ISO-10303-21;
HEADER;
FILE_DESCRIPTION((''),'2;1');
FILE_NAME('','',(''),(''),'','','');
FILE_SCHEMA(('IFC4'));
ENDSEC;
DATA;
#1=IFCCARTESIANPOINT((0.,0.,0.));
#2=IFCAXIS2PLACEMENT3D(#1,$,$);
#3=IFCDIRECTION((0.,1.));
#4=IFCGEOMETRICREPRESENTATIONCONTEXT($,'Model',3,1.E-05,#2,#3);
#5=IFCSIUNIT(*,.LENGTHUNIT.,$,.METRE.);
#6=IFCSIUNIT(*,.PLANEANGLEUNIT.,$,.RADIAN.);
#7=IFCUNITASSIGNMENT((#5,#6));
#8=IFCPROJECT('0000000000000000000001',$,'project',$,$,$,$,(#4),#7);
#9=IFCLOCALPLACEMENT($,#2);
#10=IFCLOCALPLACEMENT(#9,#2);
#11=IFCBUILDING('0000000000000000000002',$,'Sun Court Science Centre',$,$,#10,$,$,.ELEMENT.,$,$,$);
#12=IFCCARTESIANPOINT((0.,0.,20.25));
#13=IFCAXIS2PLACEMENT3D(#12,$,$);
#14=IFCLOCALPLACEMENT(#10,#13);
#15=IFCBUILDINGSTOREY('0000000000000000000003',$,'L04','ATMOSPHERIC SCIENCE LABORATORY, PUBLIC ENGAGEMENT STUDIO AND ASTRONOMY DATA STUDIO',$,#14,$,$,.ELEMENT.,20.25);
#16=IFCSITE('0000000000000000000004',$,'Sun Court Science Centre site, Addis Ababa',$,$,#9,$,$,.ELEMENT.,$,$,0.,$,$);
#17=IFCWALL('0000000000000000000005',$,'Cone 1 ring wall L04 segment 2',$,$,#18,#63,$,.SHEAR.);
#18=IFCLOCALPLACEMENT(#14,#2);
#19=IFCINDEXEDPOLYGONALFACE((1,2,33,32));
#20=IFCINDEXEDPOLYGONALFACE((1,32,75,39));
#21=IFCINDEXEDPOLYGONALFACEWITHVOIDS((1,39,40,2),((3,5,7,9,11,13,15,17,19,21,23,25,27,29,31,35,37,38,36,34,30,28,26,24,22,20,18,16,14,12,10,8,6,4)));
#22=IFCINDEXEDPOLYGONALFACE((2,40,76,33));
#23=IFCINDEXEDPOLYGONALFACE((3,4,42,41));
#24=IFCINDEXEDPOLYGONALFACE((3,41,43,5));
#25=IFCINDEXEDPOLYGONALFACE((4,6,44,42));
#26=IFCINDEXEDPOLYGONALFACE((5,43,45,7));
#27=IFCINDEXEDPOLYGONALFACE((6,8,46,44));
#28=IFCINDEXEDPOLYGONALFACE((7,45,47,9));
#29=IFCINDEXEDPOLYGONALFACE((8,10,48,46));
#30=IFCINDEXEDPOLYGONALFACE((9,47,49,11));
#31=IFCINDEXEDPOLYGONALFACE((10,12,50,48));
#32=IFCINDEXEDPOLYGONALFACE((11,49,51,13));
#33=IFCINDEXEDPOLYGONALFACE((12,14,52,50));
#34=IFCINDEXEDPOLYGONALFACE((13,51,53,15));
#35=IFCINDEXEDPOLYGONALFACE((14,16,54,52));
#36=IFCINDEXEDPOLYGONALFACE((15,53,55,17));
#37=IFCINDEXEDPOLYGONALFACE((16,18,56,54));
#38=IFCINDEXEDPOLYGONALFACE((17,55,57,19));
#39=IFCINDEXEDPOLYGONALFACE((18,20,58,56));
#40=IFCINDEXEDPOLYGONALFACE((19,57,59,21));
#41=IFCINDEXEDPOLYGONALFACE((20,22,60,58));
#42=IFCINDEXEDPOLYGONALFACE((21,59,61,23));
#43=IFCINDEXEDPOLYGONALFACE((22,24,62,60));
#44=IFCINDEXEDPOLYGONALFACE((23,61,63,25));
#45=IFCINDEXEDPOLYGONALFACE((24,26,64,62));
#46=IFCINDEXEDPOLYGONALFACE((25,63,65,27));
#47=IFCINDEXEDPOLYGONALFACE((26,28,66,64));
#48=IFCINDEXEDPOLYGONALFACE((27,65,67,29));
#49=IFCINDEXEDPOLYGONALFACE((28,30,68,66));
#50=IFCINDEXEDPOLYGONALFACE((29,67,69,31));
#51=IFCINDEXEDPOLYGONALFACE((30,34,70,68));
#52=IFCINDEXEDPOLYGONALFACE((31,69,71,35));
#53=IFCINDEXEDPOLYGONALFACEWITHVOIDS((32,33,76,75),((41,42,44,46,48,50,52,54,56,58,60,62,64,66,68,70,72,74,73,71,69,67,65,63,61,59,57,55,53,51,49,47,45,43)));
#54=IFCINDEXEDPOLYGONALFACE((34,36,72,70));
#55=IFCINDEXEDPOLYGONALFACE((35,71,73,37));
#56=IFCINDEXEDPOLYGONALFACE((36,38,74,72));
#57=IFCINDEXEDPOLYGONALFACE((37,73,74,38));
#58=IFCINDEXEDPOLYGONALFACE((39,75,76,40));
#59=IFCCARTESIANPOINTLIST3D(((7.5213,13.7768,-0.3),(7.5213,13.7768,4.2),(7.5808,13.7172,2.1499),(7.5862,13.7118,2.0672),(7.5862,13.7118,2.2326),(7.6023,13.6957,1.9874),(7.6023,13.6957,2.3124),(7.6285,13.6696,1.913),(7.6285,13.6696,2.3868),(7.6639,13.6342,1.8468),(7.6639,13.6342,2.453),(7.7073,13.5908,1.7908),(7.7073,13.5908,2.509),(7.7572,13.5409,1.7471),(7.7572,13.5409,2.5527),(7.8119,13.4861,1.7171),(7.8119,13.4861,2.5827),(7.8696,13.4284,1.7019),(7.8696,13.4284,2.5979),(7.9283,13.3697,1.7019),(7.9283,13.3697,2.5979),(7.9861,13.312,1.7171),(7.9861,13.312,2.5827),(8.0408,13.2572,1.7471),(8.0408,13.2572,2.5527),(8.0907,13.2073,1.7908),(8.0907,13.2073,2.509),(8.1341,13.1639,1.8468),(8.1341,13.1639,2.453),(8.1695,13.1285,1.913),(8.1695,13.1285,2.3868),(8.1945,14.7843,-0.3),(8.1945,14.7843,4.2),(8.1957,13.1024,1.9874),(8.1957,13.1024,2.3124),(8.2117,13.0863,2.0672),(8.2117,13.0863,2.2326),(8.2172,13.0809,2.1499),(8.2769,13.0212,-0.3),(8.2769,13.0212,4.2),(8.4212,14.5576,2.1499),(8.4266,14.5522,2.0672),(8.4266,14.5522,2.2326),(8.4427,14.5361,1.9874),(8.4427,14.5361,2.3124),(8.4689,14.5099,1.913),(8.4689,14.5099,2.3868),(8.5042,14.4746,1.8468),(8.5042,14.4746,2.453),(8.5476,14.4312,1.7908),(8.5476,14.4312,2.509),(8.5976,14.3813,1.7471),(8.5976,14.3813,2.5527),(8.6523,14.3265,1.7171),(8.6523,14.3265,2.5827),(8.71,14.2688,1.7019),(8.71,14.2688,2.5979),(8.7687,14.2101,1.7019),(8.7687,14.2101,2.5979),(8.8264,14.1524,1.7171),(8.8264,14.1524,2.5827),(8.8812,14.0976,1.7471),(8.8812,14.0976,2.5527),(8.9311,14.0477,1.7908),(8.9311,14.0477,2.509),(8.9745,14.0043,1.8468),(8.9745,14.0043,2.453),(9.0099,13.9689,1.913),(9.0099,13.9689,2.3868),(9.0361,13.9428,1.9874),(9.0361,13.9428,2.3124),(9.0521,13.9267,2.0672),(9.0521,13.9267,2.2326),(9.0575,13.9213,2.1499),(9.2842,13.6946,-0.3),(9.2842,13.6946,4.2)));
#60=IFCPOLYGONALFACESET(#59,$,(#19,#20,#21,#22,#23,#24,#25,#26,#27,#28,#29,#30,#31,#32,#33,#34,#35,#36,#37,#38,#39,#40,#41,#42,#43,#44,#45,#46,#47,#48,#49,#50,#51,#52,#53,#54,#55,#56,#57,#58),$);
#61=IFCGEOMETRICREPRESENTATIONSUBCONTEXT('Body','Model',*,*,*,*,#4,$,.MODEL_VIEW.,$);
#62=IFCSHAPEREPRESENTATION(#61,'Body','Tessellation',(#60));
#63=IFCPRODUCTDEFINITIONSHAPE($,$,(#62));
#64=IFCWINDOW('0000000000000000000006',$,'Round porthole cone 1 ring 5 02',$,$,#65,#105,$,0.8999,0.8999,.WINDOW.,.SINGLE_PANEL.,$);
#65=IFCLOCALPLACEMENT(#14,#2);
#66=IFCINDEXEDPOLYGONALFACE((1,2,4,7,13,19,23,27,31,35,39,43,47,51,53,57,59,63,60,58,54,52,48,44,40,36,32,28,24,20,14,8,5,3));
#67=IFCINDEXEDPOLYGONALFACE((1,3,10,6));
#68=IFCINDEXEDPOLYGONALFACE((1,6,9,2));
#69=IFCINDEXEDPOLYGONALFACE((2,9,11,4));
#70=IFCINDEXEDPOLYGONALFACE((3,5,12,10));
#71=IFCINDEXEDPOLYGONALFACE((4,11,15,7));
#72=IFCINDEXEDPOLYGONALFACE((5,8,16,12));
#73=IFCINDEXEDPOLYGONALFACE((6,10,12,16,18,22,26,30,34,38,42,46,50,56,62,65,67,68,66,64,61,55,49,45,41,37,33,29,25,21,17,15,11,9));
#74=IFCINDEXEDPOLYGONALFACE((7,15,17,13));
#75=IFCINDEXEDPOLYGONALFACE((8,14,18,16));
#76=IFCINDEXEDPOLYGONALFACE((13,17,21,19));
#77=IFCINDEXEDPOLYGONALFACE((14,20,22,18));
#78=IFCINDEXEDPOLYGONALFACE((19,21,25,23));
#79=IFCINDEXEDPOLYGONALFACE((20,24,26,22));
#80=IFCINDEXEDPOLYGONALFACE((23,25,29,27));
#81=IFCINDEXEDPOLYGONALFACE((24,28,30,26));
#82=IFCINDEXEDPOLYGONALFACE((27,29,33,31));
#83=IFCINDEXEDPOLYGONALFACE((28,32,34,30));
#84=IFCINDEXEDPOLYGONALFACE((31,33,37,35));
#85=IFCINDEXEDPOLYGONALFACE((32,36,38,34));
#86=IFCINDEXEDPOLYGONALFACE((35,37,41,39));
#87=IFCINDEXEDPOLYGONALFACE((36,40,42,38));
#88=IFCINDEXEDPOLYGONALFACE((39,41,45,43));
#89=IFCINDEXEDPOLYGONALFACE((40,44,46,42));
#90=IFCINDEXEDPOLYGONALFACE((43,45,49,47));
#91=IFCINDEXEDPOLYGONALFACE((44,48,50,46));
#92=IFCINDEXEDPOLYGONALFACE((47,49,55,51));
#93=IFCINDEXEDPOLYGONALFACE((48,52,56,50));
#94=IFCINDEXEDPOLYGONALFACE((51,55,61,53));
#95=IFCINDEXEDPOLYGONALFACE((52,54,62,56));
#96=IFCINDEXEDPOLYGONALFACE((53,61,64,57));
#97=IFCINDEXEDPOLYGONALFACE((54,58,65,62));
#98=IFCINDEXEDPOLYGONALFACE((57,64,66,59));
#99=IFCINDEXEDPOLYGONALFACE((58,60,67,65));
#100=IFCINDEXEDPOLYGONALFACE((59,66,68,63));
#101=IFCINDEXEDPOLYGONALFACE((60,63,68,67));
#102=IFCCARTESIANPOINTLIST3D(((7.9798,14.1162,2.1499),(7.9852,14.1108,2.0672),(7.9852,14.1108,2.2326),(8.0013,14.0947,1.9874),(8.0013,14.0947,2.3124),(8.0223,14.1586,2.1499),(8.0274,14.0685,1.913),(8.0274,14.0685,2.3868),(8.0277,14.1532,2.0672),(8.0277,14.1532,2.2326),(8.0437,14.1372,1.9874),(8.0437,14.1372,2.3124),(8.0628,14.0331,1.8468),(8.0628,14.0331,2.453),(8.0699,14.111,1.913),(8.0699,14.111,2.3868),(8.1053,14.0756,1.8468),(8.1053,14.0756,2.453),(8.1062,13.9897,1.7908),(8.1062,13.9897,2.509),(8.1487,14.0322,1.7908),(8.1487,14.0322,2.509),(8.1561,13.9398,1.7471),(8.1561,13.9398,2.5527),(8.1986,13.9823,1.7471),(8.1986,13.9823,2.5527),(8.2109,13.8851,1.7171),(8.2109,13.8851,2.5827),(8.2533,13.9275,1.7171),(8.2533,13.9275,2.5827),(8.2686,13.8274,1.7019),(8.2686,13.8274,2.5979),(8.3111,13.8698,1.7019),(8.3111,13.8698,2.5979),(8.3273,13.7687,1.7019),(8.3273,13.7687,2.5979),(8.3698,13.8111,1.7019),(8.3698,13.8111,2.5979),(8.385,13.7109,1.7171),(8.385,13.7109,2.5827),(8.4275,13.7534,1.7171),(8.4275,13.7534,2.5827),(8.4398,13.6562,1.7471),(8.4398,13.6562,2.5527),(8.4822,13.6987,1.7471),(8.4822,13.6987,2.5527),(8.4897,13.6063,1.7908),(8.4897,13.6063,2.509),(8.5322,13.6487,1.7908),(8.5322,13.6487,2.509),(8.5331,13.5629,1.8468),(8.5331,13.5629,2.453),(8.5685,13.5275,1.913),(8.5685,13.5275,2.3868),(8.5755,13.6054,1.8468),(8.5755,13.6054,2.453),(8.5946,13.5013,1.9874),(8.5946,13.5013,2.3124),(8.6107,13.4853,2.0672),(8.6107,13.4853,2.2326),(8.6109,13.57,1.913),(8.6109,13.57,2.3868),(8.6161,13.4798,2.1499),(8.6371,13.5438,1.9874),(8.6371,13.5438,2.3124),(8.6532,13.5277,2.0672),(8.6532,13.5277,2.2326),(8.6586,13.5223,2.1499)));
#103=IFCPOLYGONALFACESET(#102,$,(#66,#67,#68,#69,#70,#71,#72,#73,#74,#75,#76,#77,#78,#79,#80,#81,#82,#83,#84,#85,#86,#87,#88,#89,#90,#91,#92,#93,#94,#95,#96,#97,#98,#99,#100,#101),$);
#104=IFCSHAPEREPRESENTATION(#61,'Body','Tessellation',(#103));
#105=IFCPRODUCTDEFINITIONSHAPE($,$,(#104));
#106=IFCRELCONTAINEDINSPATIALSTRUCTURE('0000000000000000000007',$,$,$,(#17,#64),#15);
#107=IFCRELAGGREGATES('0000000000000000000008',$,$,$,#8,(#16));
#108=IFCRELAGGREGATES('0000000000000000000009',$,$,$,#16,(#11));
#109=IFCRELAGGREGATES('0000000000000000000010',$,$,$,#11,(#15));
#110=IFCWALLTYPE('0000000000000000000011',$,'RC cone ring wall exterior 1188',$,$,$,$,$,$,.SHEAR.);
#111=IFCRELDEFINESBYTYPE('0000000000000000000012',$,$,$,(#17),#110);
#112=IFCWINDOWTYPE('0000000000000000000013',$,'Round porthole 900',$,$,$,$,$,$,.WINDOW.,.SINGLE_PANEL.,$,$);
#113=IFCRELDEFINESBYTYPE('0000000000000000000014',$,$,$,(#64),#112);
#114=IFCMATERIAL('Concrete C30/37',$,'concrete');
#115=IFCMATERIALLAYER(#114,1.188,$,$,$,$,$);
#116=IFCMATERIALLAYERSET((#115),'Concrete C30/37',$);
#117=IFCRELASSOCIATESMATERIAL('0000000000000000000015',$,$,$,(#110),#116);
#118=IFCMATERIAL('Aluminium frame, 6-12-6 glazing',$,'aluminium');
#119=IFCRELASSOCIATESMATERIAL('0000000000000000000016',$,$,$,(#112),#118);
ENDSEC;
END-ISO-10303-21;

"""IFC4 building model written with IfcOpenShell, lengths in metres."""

from ifc_helpers import new_model, si_unit, direction, frame, frame_2d, origin, place, context, subcontext, project, spatial, polyline, circle, outline, extrude, material, layer, layer_set, type_object, element, fill, save


model = new_model("IFC4")

# Units and contexts
model_context = context("Model", 3, precision=1e-05, world=origin(), true_north=direction((0.0, 1.0)))
body_context = subcontext(model_context, "Body", "Model", "MODEL_VIEW")
ifc_project = project(units=[si_unit("LENGTHUNIT", "METRE"), si_unit("PLANEANGLEUNIT", "RADIAN")], contexts=[model_context])

# Site, building, storey
site_placement = place(None, origin())
site = spatial("IfcSite", under=ifc_project, at=site_placement, Name="Sun Court Science Centre site, Addis Ababa", CompositionType="ELEMENT", RefElevation=0.0)
building_placement = place(site_placement, origin())
building = spatial("IfcBuilding", under=site, at=building_placement, Name="Sun Court Science Centre", CompositionType="ELEMENT")
storey_placement = place(building_placement, frame((0.0, 0.0, 20.25)))
storey = spatial("IfcBuildingStorey", under=building, at=storey_placement, Name="L04", Description="ATMOSPHERIC SCIENCE LABORATORY, PUBLIC ENGAGEMENT STUDIO AND ASTRONOMY DATA STUDIO", CompositionType="ELEMENT", Elevation=20.25)

# Wall, opening, window
ifc_material_1 = material(Name="Concrete C30/37", Category="concrete")
ifc_layer_1 = layer(ifc_material_1, 1.188)
ifc_layer_set_1 = layer_set([ifc_layer_1], Name="Concrete C30/37")
wall_type_1 = type_object("IfcWallType", Name="RC cone ring wall exterior 1188", PredefinedType="SHEAR", material=ifc_layer_set_1)
ifc_material_2 = material(Name="Aluminium frame, 6-12-6 glazing", Category="aluminium")
window_type = type_object("IfcWindowType", Name="Round porthole 900", PartitioningType="SINGLE_PANEL", PredefinedType="WINDOW", material=ifc_material_2)
wall_1_placement = place(storey_placement, frame((8.864, 13.2744, -0.3), z_axis=(0.0, 0.0, 1.0), x_axis=(-0.707107, 0.707107, 0.0)))
wall_1 = element("IfcWall", 1, at=wall_1_placement, inside=storey, type_object=wall_type_1, Name="Cone 1 ring wall L04 segment 2", PredefinedType="SHEAR", context=body_context, shape_type="SweptSolid", body=[
    extrude(outline(polyline([(0.0, -0.5942), (1.541, -0.5942), (1.3047, 0.5942), (0.2361, 0.5942), (0.0, -0.5942)])), origin(), (0.0, 0.0, 1.0), 4.5),
])
opening_1_placement = place(wall_1_placement, frame((0.3206, 0.0, 2.0)))
opening_1 = element("IfcOpeningElement", 2, at=opening_1_placement, cuts=wall_1, PredefinedType="OPENING", context=body_context, shape_type="SweptSolid", body=[
    extrude(circle(Radius=0.45, at=frame_2d((0.45, 0.45))), frame((0.0, 0.6042, 0.0), z_axis=(0.0, -1.0, 0.0), x_axis=(1.0, 0.0, 0.0)), (0.0, 0.0, 1.0), 1.2085),
])
window_1_placement = place(opening_1_placement, origin())
window_1 = element("IfcWindow", 3, at=window_1_placement, inside=storey, type_object=window_type, Name="Round porthole cone 1 ring 5 02", OverallHeight=0.8999, OverallWidth=0.8999, PartitioningType="SINGLE_PANEL", PredefinedType="WINDOW", context=body_context, shape_type="SweptSolid", body=[
    extrude(circle(Radius=0.45, at=frame_2d((0.45, 0.45))), frame((0.0, 0.03, 0.0), z_axis=(0.0, -1.0, 0.0), x_axis=(1.0, 0.0, 0.0)), (0.0, 0.0, 1.0), 0.0601),
])
fill(opening_1, window_1)

save(model, "model.ifc")
